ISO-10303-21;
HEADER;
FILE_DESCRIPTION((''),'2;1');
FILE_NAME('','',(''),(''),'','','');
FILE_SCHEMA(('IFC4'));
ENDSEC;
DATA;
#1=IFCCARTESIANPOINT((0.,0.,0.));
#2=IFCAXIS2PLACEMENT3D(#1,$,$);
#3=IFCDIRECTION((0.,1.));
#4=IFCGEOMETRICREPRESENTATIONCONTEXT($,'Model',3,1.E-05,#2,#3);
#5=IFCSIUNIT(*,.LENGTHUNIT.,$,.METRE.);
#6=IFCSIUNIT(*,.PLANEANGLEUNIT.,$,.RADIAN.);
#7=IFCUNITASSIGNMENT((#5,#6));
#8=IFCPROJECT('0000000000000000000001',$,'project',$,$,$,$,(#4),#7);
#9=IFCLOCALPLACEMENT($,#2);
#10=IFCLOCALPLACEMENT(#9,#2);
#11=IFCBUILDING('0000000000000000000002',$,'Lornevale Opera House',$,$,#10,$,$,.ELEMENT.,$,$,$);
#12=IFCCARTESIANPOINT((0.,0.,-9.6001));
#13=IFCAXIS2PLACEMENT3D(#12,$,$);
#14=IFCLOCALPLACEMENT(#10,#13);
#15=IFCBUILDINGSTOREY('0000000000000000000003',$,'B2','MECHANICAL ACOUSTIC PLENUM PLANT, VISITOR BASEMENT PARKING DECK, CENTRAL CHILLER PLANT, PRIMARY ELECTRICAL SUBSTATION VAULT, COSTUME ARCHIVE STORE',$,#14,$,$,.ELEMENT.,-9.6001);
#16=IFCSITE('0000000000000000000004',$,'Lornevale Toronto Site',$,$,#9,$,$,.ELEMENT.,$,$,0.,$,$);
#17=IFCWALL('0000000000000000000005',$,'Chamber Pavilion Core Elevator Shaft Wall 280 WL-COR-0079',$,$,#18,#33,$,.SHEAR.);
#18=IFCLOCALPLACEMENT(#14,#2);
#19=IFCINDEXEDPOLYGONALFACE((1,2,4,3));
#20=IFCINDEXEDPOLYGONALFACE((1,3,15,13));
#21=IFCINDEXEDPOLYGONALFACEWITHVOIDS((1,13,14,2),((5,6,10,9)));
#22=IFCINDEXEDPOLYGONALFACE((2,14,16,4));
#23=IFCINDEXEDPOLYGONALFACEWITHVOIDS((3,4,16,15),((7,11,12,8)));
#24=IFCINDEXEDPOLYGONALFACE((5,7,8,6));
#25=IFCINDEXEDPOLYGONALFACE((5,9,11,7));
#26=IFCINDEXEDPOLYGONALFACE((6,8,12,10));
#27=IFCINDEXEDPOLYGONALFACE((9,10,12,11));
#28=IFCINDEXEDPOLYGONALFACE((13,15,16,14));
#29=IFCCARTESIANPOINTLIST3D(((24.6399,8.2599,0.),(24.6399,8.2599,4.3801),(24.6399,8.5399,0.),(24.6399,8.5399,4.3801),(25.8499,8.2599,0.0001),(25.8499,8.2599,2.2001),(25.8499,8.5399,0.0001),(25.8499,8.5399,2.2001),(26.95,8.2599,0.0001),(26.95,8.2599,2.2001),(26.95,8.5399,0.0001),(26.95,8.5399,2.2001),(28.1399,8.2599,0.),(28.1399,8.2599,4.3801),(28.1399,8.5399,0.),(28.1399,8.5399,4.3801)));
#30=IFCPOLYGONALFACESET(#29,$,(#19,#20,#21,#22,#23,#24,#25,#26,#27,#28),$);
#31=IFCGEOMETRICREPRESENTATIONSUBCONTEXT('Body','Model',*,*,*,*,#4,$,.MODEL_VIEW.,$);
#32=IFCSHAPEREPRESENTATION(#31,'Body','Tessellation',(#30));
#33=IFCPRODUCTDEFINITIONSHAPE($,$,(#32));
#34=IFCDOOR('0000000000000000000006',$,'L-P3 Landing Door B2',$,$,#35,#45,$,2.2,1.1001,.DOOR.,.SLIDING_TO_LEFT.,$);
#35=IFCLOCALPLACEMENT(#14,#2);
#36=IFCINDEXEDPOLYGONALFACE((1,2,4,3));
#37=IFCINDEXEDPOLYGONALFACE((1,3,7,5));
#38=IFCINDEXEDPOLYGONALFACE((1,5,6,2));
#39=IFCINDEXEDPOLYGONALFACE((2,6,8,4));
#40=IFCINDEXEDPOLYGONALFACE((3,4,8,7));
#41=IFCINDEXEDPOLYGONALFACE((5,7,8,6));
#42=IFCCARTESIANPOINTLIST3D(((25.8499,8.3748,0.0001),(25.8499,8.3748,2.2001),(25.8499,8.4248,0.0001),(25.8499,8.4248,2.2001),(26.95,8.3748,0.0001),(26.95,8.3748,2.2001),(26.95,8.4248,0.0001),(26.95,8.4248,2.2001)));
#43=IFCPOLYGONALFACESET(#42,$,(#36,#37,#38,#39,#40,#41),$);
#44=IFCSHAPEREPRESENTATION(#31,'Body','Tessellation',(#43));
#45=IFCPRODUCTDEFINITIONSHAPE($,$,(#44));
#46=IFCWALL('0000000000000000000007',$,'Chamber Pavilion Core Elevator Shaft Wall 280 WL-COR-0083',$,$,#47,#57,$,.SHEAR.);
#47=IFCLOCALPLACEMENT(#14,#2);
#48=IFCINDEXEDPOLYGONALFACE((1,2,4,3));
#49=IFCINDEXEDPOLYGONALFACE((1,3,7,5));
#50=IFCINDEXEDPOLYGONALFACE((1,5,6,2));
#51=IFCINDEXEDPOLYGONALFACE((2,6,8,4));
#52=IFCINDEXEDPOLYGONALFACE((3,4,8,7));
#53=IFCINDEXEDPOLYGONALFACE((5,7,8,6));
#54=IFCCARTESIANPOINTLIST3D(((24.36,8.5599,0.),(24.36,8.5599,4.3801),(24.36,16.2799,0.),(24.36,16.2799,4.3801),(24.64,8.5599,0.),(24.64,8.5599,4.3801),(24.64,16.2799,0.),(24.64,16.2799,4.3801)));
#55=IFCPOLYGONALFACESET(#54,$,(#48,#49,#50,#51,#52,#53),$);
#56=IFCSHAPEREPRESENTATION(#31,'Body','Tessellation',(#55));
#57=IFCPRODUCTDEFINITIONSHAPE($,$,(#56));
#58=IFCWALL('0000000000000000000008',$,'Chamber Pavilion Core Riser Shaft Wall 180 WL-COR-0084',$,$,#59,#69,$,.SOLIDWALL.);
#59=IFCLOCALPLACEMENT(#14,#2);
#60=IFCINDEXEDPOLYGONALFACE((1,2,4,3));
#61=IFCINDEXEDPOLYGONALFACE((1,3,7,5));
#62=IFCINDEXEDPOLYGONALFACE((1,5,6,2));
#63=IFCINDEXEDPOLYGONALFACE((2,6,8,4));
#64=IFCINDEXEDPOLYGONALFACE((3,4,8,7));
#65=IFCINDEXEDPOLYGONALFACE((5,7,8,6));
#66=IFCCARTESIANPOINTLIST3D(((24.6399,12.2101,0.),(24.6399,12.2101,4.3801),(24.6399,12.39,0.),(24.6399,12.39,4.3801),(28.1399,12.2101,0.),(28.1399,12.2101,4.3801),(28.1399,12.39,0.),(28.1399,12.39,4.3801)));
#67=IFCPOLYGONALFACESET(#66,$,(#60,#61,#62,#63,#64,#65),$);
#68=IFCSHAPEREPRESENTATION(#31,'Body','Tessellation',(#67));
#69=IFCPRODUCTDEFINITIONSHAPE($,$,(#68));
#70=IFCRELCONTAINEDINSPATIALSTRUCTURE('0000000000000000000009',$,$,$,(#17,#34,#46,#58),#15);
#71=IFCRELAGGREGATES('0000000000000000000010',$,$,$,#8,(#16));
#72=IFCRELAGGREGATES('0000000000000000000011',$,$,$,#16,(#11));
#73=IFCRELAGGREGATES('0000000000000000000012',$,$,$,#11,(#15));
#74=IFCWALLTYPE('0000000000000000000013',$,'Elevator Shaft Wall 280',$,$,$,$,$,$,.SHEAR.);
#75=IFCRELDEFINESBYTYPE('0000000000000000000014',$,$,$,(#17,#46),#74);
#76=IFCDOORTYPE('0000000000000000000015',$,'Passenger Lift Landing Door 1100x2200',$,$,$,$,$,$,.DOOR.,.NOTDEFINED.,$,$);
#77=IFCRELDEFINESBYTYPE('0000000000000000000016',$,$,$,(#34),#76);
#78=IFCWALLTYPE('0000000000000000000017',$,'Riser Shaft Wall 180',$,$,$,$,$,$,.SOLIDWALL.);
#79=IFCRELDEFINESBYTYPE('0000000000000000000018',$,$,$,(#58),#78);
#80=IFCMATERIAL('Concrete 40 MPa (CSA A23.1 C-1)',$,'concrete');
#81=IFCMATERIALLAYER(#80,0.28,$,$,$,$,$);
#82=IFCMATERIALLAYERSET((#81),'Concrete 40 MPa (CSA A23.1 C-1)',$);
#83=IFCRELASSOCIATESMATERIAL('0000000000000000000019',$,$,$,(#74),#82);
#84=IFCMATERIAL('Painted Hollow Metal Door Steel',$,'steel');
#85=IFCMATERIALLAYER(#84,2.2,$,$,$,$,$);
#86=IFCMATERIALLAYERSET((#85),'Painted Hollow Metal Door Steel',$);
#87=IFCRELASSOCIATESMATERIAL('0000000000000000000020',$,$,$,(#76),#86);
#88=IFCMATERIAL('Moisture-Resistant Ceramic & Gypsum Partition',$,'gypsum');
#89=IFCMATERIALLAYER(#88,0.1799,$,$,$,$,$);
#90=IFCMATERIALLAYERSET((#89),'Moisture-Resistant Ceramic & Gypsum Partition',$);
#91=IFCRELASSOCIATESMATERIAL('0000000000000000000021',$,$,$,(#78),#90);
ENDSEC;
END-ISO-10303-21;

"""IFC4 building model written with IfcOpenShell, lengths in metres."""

from ifc_helpers import new_model, si_unit, direction, frame, frame_2d, origin, place, context, subcontext, project, spatial, rectangle, extrude, material, layer, layer_set, type_object, element, fill, save


model = new_model("IFC4")

# Units and contexts
model_context = context("Model", 3, precision=1e-05, world=origin(), true_north=direction((0.0, 1.0)))
body_context = subcontext(model_context, "Body", "Model", "MODEL_VIEW")
ifc_project = project(units=[si_unit("LENGTHUNIT", "METRE"), si_unit("PLANEANGLEUNIT", "RADIAN")], contexts=[model_context])

# Site, building, storey
site_placement = place(None, origin())
site = spatial("IfcSite", under=ifc_project, at=site_placement, Name="Lornevale Toronto Site", CompositionType="ELEMENT", RefElevation=0.0)
building_placement = place(site_placement, origin())
building = spatial("IfcBuilding", under=site, at=building_placement, Name="Lornevale Opera House", CompositionType="ELEMENT")
storey_placement = place(building_placement, frame((0.0, 0.0, -9.6001)))
storey = spatial("IfcBuildingStorey", under=building, at=storey_placement, Name="B2", Description="MECHANICAL ACOUSTIC PLENUM PLANT, VISITOR BASEMENT PARKING DECK, CENTRAL CHILLER PLANT, PRIMARY ELECTRICAL SUBSTATION VAULT, COSTUME ARCHIVE STORE", CompositionType="ELEMENT", Elevation=-9.6001)

# Shared definitions
ifc_material_1 = material(Name="Concrete 40 MPa (CSA A23.1 C-1)", Category="concrete")

# Wall, opening, door
ifc_layer_1 = layer(ifc_material_1, 0.28)
ifc_layer_set_1 = layer_set([ifc_layer_1], Name="Concrete 40 MPa (CSA A23.1 C-1)")
wall_type_1 = type_object("IfcWallType", Name="Elevator Shaft Wall 280", PredefinedType="SHEAR", material=ifc_layer_set_1)
wall_1_placement = place(storey_placement, frame((24.6399, 8.3999, 0.0), z_axis=(0.0, 0.0, 1.0), x_axis=(1.0, 0.0, 0.0)))
wall_1 = element("IfcWall", 1, at=wall_1_placement, inside=storey, type_object=wall_type_1, Name="Chamber Pavilion Core Elevator Shaft Wall 280 WL-COR-0079", PredefinedType="SHEAR", context=body_context, shape_type="SweptSolid", body=[
    extrude(rectangle(XDim=3.5, YDim=0.28, at=frame_2d((1.75, 0.0))), origin(), (0.0, 0.0, 1.0), 4.3801),
])
opening_placement = place(wall_1_placement, frame((1.21, 0.0, 0.0)))
opening = element("IfcOpeningElement", 2, at=opening_placement, cuts=wall_1, PredefinedType="OPENING", context=body_context, shape_type="SweptSolid", body=[
    extrude(rectangle(XDim=1.1001, YDim=2.2, at=frame_2d((0.55, 1.1001))), frame((0.0, 0.1499, 0.0), z_axis=(0.0, -1.0, 0.0), x_axis=(1.0, 0.0, 0.0)), (0.0, 0.0, 1.0), 0.3),
])
ifc_material_2 = material(Name="Painted Hollow Metal Door Steel", Category="steel")
ifc_layer_2 = layer(ifc_material_2, 2.2)
ifc_layer_set_2 = layer_set([ifc_layer_2], Name="Painted Hollow Metal Door Steel")
door_type = type_object("IfcDoorType", Name="Passenger Lift Landing Door 1100x2200", OperationType="NOTDEFINED", PredefinedType="DOOR", material=ifc_layer_set_2)
door_placement = place(opening_placement, origin())
door = element("IfcDoor", 3, at=door_placement, inside=storey, type_object=door_type, Name="L-P3 Landing Door B2", OperationType="SLIDING_TO_LEFT", OverallHeight=2.2, OverallWidth=1.1001, PredefinedType="DOOR", context=body_context, shape_type="SweptSolid", body=[
    extrude(rectangle(XDim=1.1001, YDim=2.2, at=frame_2d((0.55, 1.1001))), frame((0.0, 0.0249, 0.0), z_axis=(0.0, -1.0, 0.0), x_axis=(1.0, 0.0, 0.0)), (0.0, 0.0, 1.0), 0.05),
])
fill(opening, door)

# Walls
wall_2_placement = place(storey_placement, frame((24.5, 8.5601, 0.0), z_axis=(0.0, 0.0, 1.0), x_axis=(0.0, 1.0, 0.0)))
element("IfcWall", 4, at=wall_2_placement, inside=storey, type_object=wall_type_1, Name="Chamber Pavilion Core Elevator Shaft Wall 280 WL-COR-0083", PredefinedType="SHEAR", context=body_context, shape_type="SweptSolid", body=[
    extrude(rectangle(XDim=7.72, YDim=0.28, at=frame_2d((3.8599, 0.0))), origin(), (0.0, 0.0, 1.0), 4.3801),
])
ifc_material_3 = material(Name="Moisture-Resistant Ceramic & Gypsum Partition", Category="gypsum")
ifc_layer_3 = layer(ifc_material_3, 0.1799)
ifc_layer_set_3 = layer_set([ifc_layer_3], Name="Moisture-Resistant Ceramic & Gypsum Partition")
wall_type_2 = type_object("IfcWallType", Name="Riser Shaft Wall 180", PredefinedType="SOLIDWALL", material=ifc_layer_set_3)
wall_3_placement = place(storey_placement, frame((24.6399, 12.3, 0.0), z_axis=(0.0, 0.0, 1.0), x_axis=(1.0, 0.0, 0.0)))
element("IfcWall", 5, at=wall_3_placement, inside=storey, type_object=wall_type_2, Name="Chamber Pavilion Core Riser Shaft Wall 180 WL-COR-0084", PredefinedType="SOLIDWALL", context=body_context, shape_type="SweptSolid", body=[
    extrude(rectangle(XDim=3.5, YDim=0.1799, at=frame_2d((1.75, 0.0))), origin(), (0.0, 0.0, 1.0), 4.3801),
])

save(model, "model.ifc")
